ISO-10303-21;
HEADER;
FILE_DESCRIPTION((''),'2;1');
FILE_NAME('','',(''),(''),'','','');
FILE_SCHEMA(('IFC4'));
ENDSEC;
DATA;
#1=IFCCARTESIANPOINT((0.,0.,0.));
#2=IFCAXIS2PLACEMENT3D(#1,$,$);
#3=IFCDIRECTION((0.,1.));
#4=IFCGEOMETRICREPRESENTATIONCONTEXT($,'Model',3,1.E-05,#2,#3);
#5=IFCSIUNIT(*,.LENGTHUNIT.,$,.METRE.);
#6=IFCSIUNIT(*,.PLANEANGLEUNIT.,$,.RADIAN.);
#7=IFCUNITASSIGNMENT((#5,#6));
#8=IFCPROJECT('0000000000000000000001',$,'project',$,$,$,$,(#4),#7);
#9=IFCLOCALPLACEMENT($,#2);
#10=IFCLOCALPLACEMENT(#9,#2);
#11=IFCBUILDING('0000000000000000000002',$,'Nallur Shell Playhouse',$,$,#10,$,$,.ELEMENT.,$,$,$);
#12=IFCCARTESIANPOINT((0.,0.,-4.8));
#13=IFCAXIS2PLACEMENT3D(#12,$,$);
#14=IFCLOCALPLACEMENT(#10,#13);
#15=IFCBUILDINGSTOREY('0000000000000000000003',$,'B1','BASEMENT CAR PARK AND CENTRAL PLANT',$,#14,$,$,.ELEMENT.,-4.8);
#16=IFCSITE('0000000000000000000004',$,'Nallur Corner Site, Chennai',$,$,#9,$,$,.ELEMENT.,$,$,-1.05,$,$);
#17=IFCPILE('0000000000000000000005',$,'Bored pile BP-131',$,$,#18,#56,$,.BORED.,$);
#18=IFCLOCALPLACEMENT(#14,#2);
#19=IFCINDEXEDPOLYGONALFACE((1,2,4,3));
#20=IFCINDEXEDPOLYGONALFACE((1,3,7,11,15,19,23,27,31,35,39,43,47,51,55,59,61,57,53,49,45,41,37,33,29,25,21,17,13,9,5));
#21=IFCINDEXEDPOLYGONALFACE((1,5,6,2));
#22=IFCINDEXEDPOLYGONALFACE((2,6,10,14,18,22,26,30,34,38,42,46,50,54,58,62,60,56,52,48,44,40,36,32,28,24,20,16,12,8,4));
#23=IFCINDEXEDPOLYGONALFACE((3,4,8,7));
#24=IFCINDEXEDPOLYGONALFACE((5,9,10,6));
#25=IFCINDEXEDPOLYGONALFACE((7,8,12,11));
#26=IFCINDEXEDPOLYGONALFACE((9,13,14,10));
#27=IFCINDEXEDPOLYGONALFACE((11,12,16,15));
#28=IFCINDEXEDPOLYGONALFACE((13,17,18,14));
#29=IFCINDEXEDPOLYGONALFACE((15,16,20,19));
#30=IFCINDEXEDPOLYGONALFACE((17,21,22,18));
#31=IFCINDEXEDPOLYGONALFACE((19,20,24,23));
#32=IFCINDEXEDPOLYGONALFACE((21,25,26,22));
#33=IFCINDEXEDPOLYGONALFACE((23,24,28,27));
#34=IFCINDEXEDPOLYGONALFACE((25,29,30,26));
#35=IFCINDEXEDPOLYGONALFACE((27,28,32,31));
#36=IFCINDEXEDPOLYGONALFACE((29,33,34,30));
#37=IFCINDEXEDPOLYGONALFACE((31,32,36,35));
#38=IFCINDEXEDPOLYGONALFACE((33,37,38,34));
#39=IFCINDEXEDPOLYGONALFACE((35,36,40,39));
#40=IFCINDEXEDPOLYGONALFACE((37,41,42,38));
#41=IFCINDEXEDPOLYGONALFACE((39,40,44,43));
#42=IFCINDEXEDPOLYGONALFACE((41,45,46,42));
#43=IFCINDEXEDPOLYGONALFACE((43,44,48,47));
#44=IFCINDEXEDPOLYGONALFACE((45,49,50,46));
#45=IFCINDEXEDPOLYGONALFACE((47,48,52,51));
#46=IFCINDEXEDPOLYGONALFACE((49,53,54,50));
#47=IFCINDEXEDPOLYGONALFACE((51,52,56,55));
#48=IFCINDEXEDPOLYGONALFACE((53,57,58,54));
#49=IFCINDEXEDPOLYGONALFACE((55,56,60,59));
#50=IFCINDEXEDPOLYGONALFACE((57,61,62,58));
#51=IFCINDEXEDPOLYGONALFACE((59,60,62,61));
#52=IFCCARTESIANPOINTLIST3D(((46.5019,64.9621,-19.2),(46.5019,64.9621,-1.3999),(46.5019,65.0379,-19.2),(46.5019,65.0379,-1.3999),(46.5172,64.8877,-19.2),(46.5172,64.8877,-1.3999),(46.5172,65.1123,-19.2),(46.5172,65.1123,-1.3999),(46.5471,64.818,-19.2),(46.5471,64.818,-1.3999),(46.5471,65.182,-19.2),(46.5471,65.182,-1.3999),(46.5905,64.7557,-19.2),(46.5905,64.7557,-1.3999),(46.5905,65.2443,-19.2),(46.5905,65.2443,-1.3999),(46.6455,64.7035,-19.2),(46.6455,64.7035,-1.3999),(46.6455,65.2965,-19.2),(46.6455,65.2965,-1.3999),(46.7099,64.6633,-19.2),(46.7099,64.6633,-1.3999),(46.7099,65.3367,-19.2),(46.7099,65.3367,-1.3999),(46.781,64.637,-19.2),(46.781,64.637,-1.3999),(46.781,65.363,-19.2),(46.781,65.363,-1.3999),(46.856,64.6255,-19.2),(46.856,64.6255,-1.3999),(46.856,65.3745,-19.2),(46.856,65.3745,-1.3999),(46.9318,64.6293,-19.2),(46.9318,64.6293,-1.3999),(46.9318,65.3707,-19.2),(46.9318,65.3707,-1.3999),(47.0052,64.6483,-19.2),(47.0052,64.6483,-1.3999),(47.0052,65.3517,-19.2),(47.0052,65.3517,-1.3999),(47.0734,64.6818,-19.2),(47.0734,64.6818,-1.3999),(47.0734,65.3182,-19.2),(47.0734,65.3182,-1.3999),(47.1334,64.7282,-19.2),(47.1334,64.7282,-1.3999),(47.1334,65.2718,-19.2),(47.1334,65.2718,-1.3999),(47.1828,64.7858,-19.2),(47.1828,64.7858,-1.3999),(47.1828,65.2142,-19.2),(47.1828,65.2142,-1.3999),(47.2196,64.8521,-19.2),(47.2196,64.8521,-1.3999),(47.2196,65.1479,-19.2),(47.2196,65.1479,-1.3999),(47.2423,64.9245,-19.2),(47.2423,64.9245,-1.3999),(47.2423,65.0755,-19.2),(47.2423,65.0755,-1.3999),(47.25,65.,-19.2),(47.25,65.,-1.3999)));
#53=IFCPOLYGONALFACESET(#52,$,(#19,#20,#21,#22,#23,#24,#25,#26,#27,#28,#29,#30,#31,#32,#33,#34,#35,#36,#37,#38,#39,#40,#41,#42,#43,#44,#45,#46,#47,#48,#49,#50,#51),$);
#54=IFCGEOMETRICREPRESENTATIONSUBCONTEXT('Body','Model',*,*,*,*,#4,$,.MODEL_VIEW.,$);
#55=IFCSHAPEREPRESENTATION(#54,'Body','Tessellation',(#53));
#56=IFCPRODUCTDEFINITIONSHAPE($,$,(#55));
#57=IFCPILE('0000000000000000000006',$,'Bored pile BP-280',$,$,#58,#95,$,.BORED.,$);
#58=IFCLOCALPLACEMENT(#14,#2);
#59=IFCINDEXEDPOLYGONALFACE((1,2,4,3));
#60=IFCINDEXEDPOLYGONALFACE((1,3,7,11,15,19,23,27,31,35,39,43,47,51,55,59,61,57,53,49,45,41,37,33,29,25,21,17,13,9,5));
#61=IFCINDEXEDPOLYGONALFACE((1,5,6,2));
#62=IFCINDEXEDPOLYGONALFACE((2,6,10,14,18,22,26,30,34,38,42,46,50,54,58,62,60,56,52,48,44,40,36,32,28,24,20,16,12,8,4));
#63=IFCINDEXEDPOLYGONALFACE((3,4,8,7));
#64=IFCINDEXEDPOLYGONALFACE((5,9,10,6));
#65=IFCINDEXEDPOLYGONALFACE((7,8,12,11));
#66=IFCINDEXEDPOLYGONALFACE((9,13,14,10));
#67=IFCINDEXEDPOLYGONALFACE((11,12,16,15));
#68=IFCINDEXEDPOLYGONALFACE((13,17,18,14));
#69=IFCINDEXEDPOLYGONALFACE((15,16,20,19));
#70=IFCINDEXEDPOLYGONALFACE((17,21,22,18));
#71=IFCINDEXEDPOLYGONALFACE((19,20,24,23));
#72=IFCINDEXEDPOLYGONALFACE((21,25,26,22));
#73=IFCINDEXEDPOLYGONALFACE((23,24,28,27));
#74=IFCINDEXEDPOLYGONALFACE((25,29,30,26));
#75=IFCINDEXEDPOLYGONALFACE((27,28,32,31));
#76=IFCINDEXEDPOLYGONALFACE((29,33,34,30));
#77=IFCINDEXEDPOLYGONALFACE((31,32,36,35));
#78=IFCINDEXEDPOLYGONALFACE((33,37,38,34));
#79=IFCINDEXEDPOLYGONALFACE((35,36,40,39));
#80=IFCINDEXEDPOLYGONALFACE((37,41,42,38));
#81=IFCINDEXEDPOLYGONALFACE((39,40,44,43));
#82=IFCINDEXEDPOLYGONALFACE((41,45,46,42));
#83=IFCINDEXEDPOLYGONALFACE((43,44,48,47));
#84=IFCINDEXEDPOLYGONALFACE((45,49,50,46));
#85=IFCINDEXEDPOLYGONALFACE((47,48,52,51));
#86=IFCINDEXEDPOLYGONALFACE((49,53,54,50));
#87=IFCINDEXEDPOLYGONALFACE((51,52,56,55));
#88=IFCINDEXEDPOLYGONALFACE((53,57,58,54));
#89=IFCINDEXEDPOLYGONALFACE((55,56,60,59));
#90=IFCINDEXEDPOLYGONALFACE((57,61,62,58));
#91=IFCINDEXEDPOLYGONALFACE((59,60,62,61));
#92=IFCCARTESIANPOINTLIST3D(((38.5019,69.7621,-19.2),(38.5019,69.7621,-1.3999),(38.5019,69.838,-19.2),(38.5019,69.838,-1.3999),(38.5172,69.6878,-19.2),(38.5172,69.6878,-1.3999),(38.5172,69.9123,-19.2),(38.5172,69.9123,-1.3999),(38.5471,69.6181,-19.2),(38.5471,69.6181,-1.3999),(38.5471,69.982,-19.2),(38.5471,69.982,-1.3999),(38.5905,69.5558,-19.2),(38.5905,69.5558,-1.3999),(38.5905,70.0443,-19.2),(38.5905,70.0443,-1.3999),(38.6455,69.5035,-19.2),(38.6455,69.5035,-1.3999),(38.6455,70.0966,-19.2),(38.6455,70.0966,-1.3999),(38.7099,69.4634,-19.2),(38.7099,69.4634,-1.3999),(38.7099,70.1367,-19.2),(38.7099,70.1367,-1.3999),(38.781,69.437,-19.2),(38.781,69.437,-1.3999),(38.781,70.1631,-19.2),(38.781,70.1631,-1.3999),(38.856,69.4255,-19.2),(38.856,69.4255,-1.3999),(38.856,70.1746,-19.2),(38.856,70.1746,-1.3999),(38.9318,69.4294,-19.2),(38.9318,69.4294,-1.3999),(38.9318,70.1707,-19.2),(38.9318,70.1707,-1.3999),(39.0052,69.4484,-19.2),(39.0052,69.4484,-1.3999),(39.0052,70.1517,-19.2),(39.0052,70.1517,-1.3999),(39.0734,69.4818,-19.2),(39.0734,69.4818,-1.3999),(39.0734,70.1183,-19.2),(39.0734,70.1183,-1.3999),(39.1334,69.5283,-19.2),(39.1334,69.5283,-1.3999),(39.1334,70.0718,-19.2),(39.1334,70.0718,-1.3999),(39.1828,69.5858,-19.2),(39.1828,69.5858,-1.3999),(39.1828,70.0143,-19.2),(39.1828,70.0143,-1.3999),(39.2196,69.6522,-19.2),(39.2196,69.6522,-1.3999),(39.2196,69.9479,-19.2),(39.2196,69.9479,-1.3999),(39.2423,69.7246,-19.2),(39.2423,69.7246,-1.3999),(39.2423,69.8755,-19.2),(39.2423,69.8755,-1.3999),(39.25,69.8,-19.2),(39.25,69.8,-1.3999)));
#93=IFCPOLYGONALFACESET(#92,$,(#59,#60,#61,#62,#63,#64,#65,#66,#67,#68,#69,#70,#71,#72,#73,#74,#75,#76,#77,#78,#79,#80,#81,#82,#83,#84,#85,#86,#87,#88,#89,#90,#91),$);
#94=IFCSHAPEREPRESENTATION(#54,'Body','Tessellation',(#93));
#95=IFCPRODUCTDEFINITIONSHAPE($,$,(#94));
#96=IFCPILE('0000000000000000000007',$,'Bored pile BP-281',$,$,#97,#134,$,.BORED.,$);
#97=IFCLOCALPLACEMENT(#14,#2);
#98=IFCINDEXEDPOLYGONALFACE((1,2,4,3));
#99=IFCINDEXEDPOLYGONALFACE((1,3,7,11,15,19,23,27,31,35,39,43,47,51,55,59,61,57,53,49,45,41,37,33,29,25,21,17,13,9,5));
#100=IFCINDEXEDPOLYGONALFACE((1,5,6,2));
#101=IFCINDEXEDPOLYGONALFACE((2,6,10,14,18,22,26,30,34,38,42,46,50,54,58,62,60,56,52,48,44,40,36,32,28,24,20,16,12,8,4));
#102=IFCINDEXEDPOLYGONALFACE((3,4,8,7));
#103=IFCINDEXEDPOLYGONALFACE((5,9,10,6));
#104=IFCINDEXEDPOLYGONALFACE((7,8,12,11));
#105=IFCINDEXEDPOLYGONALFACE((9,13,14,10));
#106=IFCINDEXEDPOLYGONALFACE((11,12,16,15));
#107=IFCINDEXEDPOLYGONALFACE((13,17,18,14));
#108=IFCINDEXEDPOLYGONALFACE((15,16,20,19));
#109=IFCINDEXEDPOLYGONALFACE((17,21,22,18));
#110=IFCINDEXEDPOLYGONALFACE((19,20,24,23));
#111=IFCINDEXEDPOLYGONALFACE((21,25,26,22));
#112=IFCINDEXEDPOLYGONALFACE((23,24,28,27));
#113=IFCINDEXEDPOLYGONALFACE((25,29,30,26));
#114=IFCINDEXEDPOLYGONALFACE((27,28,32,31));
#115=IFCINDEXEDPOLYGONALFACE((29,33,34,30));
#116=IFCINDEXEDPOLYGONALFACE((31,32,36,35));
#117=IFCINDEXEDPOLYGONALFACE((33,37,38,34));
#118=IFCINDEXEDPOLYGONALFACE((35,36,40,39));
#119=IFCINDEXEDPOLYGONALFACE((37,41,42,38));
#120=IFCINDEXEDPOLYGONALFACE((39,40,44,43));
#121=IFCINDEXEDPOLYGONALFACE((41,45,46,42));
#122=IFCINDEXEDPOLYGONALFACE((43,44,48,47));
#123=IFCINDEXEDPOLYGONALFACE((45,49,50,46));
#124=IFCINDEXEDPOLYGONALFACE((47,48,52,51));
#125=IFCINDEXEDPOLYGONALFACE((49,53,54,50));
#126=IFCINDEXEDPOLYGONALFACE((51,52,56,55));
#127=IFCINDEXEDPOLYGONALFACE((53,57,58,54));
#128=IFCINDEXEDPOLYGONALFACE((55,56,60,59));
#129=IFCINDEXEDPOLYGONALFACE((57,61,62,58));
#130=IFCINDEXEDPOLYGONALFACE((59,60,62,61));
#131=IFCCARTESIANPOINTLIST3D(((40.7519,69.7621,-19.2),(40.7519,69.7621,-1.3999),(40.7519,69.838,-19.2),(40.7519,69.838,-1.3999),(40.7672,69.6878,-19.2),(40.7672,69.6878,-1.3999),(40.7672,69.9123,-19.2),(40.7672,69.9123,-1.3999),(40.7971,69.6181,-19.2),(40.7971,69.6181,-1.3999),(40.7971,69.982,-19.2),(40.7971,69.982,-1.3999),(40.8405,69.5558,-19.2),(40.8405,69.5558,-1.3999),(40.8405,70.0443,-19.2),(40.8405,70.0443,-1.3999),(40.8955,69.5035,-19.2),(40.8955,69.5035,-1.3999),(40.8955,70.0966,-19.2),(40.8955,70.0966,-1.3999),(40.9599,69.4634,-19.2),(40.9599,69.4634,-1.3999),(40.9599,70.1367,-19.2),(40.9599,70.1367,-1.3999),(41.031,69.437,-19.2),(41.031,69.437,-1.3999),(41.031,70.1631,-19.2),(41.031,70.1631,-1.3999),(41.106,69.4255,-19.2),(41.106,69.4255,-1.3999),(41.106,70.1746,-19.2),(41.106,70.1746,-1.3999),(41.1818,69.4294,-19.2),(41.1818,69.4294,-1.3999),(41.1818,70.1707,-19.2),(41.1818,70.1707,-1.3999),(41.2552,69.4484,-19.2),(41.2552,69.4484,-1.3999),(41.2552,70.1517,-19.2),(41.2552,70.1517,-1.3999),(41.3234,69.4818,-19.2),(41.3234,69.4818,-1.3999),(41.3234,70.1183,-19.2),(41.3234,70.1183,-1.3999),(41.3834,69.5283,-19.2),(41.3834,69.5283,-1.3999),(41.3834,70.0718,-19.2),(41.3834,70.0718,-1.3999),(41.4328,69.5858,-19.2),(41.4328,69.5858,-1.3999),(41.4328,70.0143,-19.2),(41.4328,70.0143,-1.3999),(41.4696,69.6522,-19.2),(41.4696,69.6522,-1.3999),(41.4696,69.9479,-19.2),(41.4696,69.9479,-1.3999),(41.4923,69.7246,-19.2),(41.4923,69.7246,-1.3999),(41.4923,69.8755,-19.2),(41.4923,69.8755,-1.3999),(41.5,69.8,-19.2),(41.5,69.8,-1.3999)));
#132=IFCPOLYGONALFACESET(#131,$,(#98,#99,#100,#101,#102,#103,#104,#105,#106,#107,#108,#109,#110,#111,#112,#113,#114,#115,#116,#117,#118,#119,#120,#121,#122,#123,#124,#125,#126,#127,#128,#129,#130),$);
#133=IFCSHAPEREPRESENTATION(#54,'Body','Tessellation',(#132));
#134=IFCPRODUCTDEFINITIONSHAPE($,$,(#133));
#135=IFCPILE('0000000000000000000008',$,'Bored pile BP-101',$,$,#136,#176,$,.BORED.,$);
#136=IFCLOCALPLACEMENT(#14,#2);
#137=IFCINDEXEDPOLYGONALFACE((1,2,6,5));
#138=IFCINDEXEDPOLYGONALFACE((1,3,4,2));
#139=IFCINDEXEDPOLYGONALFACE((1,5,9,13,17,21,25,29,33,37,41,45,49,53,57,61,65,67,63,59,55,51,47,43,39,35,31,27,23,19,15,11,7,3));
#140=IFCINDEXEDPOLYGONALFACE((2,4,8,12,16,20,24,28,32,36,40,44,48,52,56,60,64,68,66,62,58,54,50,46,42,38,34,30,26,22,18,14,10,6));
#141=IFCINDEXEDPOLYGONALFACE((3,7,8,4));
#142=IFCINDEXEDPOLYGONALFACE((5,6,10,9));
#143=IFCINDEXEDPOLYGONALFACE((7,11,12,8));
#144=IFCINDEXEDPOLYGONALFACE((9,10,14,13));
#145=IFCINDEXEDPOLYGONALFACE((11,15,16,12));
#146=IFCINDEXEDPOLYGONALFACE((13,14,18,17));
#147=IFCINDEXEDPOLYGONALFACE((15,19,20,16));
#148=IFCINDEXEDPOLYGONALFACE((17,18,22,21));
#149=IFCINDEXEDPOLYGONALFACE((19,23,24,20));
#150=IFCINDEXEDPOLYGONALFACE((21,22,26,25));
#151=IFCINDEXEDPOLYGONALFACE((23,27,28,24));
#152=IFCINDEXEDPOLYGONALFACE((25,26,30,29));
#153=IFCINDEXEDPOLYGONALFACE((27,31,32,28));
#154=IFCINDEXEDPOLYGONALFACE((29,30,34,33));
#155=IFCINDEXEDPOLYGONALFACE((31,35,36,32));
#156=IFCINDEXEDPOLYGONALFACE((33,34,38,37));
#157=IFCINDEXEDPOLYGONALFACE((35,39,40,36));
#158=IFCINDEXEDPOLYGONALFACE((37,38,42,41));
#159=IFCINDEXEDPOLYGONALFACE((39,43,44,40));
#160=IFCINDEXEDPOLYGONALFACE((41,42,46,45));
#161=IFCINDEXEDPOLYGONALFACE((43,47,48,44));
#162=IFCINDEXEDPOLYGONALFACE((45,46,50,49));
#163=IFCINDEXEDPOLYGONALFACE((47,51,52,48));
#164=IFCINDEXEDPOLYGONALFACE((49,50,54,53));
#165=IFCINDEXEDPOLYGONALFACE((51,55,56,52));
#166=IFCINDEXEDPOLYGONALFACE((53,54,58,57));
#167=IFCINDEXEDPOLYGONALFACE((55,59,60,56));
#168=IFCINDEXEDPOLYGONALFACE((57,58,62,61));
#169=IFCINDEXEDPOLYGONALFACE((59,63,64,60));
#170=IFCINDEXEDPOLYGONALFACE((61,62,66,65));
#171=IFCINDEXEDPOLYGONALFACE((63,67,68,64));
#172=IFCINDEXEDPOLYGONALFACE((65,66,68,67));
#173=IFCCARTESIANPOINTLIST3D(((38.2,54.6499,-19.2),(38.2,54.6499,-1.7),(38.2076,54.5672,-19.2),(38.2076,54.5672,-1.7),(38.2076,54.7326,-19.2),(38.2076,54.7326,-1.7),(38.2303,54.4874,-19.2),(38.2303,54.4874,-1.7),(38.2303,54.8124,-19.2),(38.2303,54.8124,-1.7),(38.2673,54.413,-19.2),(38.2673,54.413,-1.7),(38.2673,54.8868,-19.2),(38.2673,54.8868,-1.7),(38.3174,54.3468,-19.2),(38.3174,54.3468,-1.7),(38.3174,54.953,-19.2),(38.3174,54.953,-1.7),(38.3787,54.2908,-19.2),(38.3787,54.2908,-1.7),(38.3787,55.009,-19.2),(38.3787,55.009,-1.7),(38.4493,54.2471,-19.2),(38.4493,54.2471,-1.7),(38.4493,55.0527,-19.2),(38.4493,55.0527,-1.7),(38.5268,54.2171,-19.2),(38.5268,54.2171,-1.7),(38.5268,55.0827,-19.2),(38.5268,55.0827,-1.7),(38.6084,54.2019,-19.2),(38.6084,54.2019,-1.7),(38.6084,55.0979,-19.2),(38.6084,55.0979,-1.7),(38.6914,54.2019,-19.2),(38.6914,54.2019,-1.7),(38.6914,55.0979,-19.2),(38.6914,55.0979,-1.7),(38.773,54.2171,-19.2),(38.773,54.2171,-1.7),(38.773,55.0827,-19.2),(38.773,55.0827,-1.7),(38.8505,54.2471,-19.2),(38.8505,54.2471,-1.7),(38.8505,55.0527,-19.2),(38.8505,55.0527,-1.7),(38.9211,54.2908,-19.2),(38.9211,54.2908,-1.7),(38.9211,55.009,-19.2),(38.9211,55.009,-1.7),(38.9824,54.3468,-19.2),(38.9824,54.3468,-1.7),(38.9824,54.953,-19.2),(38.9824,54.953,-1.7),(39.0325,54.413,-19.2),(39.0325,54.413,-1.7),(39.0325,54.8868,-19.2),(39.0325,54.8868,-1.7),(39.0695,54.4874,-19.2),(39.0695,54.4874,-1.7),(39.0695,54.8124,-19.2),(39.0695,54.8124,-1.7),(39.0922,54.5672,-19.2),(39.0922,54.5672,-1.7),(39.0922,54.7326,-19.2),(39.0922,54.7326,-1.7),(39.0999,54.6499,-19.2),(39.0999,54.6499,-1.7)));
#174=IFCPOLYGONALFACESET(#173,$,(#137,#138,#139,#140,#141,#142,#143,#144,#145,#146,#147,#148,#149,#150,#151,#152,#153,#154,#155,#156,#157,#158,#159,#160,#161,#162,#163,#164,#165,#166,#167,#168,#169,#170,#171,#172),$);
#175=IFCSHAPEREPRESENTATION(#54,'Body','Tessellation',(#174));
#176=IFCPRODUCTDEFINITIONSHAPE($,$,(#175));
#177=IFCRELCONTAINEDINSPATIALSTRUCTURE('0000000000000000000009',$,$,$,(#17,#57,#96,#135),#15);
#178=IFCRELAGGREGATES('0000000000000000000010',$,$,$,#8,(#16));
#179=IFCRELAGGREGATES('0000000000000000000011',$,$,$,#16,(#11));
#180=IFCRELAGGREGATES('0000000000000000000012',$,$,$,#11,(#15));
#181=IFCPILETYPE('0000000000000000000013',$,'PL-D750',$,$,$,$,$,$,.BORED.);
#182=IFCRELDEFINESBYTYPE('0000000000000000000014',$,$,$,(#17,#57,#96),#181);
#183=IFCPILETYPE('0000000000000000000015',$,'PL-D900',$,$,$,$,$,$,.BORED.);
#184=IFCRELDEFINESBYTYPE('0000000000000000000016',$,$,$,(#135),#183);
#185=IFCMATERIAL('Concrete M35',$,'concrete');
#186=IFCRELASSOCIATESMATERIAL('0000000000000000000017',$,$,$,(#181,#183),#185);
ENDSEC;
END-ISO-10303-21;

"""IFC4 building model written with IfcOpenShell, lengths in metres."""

from ifc_helpers import new_model, si_unit, direction, frame, origin, origin_2d, place, context, subcontext, project, spatial, circle, extrude, material, material_profile, profile_set, type_object, element, save


model = new_model("IFC4")

# Units and contexts
model_context = context("Model", 3, precision=1e-05, world=origin(), true_north=direction((0.0, 1.0)))
body_context = subcontext(model_context, "Body", "Model", "MODEL_VIEW")
ifc_project = project(units=[si_unit("LENGTHUNIT", "METRE"), si_unit("PLANEANGLEUNIT", "RADIAN")], contexts=[model_context])

# Site, building, storey
site_placement = place(None, origin())
site = spatial("IfcSite", under=ifc_project, at=site_placement, Name="Nallur Corner Site, Chennai", CompositionType="ELEMENT", RefElevation=-1.05)
building_placement = place(site_placement, origin())
building = spatial("IfcBuilding", under=site, at=building_placement, Name="Nallur Shell Playhouse", CompositionType="ELEMENT")
storey_placement = place(building_placement, frame((0.0, 0.0, -4.8)))
storey = spatial("IfcBuildingStorey", under=building, at=storey_placement, Name="B1", Description="BASEMENT CAR PARK AND CENTRAL PLANT", CompositionType="ELEMENT", Elevation=-4.8)

# Shared definitions
ifc_material_1 = material(Name="Concrete M35", Category="concrete")

# Piles
ifc_material_profile_1 = material_profile(ifc_material_1, circle(Radius=0.375, at=origin_2d()), Name="BORED PILE D750")
ifc_profile_set_1 = profile_set([ifc_material_profile_1], Name="Concrete M35")
pile_type_1 = type_object("IfcPileType", Name="PL-D750", PredefinedType="BORED", material=ifc_profile_set_1)
for number, where, z_axis, x_axis, name in (
    (1, (46.875, 65.0, -1.3999), (0.0, 0.0, -1.0), (1.0, 0.0, 0.0), "Bored pile BP-131"),
    (2, (38.875, 69.8, -1.3999), (0.0, 0.0, -1.0), (1.0, 0.0, 0.0), "Bored pile BP-280"),
    (3, (41.125, 69.8, -1.3999), (0.0, 0.0, -1.0), (1.0, 0.0, 0.0), "Bored pile BP-281"),
):
    element("IfcPile", number, at=place(storey_placement, frame(where, z_axis=z_axis, x_axis=x_axis)), inside=storey, type_object=pile_type_1, Name=name, PredefinedType="BORED", context=body_context, shape_type="SweptSolid", body=[
        extrude(circle(Radius=0.375, at=origin_2d()), origin(), (0.0, 0.0, 1.0), 17.8),
    ])
ifc_material_profile_2 = material_profile(ifc_material_1, circle(Radius=0.45, at=origin_2d()), Name="BORED PILE D900")
ifc_profile_set_2 = profile_set([ifc_material_profile_2], Name="Concrete M35")
pile_type_2 = type_object("IfcPileType", Name="PL-D900", PredefinedType="BORED", material=ifc_profile_set_2)
for number, where, z_axis, x_axis, name in (
    (4, (38.6499, 54.6499, -1.7), (0.0, 0.0, -1.0), (1.0, 0.0, 0.0), "Bored pile BP-101"),
):
    element("IfcPile", number, at=place(storey_placement, frame(where, z_axis=z_axis, x_axis=x_axis)), inside=storey, type_object=pile_type_2, Name=name, PredefinedType="BORED", context=body_context, shape_type="SweptSolid", body=[
        extrude(circle(Radius=0.45, at=origin_2d()), origin(), (0.0, 0.0, 1.0), 17.5),
    ])

save(model, "model.ifc")
